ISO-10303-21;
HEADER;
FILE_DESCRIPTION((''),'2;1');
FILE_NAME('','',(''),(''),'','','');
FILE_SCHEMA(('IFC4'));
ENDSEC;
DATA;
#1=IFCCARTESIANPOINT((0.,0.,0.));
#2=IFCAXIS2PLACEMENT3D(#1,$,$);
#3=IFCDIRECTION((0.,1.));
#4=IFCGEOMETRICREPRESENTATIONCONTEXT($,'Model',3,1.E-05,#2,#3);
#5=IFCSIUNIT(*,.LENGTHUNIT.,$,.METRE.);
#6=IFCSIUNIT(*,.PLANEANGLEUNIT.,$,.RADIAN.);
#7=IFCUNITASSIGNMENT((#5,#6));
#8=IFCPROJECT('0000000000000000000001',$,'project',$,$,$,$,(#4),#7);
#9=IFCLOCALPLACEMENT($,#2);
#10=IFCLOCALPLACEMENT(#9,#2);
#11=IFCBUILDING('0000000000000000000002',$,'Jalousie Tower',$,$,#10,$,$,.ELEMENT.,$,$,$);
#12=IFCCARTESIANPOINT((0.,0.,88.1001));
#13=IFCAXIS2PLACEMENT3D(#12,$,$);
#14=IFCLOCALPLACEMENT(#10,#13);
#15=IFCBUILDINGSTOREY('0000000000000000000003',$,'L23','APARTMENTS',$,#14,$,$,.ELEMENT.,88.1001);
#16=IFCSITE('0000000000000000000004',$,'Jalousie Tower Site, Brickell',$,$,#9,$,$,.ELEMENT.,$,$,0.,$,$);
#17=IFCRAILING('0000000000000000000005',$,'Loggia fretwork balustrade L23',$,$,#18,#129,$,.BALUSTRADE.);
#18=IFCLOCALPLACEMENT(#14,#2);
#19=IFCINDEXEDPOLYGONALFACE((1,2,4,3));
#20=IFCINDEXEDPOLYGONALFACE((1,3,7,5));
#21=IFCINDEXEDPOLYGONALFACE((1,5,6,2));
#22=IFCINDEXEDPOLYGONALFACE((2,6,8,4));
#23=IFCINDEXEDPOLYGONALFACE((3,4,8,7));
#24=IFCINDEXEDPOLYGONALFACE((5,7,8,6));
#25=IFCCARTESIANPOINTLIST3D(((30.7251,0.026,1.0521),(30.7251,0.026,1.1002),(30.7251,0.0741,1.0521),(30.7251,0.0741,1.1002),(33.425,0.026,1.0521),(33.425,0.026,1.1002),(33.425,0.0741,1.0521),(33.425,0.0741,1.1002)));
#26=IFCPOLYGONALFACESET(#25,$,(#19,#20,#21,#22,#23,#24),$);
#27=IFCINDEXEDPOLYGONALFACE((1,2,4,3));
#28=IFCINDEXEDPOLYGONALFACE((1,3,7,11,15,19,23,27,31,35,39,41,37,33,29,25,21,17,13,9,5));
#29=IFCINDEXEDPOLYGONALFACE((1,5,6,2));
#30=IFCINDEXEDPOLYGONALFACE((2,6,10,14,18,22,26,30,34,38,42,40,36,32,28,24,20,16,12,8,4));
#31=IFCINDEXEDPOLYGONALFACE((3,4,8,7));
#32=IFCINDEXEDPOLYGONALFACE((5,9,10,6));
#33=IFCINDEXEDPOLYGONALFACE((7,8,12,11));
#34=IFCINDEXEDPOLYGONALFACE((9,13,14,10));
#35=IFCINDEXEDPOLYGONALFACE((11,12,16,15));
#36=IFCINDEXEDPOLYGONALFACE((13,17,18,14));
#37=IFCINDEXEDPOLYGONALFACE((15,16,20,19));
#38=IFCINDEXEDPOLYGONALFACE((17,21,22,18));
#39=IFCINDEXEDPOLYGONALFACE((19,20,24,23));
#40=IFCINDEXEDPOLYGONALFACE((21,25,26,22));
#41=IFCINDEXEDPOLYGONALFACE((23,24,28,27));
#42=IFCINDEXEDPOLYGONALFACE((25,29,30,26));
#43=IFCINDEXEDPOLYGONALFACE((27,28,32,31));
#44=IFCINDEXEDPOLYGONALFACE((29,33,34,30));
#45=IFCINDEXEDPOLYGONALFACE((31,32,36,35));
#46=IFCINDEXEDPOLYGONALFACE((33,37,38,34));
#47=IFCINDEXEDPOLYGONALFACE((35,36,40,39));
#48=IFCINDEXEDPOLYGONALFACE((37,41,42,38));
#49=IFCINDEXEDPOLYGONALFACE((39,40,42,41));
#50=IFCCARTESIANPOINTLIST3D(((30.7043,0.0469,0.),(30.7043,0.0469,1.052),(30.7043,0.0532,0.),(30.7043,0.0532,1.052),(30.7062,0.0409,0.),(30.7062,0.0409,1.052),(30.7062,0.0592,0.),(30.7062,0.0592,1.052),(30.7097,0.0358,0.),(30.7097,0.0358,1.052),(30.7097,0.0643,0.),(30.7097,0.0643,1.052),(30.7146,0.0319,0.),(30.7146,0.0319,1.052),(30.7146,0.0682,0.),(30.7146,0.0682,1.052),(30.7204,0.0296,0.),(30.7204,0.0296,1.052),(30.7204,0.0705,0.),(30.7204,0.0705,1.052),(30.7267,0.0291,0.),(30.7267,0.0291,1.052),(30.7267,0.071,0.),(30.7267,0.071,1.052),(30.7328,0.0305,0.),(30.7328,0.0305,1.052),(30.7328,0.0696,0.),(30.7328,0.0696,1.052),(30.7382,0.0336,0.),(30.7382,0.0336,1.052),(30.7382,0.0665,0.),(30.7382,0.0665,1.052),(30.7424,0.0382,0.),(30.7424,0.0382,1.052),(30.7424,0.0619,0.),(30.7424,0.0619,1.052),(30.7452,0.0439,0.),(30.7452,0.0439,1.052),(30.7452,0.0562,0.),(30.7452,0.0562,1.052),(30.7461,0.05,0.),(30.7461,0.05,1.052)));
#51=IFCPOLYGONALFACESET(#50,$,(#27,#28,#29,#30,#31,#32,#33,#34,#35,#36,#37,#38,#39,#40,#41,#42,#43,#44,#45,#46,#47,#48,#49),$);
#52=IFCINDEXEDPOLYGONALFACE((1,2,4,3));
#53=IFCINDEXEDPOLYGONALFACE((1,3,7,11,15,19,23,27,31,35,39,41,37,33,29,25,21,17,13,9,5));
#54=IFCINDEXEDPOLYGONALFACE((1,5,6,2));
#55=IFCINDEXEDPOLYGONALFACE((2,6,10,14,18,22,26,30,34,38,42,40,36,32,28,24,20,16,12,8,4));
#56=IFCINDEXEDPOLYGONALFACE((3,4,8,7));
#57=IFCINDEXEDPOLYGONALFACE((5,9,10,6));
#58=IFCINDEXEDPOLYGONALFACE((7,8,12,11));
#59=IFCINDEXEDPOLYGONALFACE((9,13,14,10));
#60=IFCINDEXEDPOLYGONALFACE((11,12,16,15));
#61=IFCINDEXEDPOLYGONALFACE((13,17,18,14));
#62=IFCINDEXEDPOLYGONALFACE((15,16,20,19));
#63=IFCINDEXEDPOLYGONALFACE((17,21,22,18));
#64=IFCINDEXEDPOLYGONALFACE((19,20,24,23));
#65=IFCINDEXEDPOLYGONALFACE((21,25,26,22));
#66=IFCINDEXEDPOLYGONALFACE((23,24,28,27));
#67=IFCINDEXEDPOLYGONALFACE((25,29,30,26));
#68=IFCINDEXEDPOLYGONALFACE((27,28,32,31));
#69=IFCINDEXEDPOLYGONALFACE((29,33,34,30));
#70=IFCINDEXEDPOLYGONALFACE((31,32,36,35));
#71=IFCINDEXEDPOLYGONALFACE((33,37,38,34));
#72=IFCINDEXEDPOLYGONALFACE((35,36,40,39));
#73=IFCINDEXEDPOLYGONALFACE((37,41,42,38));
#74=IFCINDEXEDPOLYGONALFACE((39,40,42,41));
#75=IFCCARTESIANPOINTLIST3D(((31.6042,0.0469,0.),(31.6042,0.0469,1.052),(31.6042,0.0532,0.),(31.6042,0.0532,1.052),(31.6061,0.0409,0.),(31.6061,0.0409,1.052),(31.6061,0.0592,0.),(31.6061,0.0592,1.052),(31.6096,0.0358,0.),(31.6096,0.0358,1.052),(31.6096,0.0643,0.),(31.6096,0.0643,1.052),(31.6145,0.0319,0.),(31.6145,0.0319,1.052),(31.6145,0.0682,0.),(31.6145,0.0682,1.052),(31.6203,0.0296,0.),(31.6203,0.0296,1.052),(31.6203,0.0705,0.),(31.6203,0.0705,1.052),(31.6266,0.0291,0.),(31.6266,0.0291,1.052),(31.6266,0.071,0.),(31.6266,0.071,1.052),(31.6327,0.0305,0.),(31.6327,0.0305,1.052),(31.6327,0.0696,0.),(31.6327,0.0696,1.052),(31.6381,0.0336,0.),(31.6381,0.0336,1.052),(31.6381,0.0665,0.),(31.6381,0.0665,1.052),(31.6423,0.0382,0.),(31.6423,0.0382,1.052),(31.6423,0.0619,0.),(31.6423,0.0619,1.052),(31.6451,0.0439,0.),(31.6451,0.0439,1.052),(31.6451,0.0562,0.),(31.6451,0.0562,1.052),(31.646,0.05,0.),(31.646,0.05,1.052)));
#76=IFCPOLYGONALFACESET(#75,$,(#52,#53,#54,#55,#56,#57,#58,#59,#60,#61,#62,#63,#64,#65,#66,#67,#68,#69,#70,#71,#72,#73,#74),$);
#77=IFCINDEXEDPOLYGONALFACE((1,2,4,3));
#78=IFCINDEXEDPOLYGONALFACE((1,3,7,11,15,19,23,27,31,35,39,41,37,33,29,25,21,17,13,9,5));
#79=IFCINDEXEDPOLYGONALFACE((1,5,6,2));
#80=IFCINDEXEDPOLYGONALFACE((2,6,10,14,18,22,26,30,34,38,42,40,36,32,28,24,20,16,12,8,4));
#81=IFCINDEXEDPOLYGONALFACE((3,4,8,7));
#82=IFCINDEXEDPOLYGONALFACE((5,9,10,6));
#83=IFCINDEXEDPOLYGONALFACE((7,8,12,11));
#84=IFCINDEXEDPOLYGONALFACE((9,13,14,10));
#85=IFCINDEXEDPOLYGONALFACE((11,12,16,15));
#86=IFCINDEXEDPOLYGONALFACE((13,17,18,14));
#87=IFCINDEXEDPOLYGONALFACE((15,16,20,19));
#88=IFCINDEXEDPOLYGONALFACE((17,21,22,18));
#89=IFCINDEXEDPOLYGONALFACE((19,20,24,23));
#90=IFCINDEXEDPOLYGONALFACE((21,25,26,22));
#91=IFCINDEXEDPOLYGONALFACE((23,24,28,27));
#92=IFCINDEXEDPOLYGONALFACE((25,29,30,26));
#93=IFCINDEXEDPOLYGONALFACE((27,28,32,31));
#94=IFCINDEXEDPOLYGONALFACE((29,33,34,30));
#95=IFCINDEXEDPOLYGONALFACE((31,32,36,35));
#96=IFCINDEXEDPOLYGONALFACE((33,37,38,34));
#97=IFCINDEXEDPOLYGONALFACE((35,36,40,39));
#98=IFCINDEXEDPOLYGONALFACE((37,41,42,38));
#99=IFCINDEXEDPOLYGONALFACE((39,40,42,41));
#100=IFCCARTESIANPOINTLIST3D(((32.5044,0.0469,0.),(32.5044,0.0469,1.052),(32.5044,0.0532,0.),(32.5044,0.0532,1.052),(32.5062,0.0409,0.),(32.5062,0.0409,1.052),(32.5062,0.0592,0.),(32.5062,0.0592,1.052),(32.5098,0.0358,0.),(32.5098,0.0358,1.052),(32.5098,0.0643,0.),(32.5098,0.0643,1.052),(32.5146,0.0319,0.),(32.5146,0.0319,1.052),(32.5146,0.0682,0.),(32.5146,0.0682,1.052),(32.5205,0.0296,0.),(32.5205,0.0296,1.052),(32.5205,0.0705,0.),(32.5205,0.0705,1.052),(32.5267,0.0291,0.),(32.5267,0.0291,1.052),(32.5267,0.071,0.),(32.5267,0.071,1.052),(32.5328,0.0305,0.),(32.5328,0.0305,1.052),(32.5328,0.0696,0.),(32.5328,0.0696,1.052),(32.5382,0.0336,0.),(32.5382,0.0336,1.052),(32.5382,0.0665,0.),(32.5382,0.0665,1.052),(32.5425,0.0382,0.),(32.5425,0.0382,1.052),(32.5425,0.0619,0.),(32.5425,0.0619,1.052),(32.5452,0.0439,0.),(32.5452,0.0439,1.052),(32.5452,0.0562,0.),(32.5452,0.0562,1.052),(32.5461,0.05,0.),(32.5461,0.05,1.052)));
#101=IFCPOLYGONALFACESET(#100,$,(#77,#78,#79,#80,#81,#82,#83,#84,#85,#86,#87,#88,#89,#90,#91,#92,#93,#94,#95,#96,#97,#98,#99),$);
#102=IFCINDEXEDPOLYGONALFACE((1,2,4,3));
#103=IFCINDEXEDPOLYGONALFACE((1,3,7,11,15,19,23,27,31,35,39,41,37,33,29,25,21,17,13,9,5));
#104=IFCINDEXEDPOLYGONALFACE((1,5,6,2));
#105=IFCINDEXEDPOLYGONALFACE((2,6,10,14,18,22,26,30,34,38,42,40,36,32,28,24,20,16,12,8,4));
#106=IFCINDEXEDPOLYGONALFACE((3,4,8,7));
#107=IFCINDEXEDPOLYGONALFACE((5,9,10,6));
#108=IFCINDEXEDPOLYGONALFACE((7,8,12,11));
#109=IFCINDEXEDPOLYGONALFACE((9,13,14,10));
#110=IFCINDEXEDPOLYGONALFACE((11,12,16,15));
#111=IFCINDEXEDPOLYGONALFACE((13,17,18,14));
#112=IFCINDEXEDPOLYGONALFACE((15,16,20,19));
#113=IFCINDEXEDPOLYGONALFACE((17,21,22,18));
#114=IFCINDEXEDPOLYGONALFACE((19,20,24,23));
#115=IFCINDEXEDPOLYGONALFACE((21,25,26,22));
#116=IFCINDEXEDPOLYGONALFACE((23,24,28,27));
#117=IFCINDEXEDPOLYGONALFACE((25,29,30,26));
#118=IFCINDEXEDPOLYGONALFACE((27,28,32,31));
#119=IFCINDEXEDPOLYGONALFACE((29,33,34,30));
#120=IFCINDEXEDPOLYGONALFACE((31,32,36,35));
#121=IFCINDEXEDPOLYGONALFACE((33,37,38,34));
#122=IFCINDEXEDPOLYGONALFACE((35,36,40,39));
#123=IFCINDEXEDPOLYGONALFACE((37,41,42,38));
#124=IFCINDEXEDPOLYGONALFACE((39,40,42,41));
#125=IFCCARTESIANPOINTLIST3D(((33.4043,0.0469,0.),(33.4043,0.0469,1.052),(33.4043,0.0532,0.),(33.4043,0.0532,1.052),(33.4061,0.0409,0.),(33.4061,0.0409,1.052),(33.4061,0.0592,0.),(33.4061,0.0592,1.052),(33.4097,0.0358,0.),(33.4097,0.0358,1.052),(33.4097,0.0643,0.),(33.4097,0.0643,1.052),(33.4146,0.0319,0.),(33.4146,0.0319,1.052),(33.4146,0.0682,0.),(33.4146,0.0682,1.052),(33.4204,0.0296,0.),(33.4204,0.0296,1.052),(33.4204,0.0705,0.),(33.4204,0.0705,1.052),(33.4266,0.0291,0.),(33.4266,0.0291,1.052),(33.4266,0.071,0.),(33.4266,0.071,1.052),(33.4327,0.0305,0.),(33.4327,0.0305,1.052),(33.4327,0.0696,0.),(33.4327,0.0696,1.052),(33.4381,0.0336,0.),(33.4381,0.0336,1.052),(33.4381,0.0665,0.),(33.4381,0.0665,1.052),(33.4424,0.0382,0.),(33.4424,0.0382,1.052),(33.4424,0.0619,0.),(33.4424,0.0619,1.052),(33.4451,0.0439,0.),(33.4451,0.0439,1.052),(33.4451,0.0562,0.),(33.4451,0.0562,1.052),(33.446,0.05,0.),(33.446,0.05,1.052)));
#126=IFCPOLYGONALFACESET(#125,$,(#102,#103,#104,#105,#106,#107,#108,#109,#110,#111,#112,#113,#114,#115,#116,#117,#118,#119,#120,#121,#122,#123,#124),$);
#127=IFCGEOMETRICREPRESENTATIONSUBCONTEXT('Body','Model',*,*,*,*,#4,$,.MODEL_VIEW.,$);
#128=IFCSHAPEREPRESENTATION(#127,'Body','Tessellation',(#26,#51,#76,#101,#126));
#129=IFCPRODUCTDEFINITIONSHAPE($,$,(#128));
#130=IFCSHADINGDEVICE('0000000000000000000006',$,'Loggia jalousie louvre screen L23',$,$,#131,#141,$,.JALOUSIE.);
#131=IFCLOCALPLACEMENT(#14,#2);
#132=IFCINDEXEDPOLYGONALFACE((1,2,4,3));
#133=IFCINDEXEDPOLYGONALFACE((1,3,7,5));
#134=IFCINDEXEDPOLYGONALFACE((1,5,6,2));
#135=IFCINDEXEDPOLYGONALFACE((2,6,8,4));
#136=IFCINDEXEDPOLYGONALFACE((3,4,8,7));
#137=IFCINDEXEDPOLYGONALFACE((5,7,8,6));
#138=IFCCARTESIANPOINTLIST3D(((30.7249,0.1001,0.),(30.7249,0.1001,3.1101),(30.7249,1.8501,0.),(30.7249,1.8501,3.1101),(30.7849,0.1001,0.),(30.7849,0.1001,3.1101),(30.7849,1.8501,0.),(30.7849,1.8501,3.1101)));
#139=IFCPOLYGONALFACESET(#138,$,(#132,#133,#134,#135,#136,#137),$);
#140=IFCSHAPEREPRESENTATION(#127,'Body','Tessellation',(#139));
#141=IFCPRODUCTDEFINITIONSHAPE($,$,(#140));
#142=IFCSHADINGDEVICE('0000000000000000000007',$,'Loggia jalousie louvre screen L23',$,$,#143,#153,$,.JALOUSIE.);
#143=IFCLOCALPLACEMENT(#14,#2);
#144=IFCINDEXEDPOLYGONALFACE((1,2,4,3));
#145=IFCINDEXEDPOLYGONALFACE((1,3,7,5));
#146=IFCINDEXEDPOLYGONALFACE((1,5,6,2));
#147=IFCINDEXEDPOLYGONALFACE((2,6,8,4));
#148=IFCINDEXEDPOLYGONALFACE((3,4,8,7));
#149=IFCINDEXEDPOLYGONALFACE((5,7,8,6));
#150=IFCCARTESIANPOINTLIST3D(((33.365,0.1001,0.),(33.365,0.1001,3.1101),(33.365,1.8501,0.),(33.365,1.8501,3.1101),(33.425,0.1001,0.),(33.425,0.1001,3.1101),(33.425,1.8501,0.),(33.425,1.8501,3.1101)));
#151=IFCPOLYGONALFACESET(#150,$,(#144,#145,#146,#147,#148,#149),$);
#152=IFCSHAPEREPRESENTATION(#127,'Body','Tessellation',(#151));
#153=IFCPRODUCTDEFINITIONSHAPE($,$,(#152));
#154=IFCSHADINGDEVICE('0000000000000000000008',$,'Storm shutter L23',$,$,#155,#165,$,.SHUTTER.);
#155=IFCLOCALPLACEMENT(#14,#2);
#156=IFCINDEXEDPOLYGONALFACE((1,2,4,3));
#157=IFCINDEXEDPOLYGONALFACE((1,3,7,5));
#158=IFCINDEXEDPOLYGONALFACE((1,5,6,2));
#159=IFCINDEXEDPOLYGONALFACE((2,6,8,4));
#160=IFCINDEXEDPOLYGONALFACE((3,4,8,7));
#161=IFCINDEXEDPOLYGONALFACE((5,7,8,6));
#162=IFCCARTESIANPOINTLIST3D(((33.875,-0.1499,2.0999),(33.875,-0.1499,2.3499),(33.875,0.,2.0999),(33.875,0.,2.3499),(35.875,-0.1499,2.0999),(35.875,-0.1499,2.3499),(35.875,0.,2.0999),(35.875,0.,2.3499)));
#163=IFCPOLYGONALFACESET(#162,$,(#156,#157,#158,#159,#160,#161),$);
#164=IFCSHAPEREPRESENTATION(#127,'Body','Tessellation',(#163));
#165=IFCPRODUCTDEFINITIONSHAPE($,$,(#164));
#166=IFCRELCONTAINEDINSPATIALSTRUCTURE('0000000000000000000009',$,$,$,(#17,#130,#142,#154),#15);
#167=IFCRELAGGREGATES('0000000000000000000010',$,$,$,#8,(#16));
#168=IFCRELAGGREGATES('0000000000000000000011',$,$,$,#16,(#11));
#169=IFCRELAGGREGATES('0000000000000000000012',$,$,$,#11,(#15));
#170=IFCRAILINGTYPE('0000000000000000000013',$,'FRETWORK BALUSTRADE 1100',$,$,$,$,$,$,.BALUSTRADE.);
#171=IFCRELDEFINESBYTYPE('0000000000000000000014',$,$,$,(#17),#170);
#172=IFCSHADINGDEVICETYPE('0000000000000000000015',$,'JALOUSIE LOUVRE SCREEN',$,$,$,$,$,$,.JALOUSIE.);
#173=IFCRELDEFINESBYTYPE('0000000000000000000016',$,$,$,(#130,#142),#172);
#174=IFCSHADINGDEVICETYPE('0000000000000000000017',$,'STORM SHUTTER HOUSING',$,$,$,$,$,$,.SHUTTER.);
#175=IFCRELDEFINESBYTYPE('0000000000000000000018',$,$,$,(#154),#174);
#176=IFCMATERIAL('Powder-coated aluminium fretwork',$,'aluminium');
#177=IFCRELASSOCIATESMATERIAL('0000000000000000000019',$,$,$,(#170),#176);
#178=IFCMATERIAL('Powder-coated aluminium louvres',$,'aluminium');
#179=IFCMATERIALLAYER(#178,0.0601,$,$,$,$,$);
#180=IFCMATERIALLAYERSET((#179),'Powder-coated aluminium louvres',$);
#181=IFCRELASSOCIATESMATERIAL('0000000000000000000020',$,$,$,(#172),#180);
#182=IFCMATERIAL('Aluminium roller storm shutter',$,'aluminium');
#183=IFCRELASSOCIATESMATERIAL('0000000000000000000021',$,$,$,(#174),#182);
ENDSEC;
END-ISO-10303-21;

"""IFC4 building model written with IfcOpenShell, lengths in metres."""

from ifc_helpers import new_model, si_unit, direction, frame, origin, origin_2d, place, context, subcontext, project, spatial, rectangle, circle, extrude, material, layer, layer_set, type_object, element, save


model = new_model("IFC4")

# Units and contexts
model_context = context("Model", 3, precision=1e-05, world=origin(), true_north=direction((0.0, 1.0)))
body_context = subcontext(model_context, "Body", "Model", "MODEL_VIEW")
ifc_project = project(units=[si_unit("LENGTHUNIT", "METRE"), si_unit("PLANEANGLEUNIT", "RADIAN")], contexts=[model_context])

# Site, building, storey
site_placement = place(None, origin())
site = spatial("IfcSite", under=ifc_project, at=site_placement, Name="Jalousie Tower Site, Brickell", CompositionType="ELEMENT", RefElevation=0.0)
building_placement = place(site_placement, origin())
building = spatial("IfcBuilding", under=site, at=building_placement, Name="Jalousie Tower", CompositionType="ELEMENT")
storey_placement = place(building_placement, frame((0.0, 0.0, 88.1001)))
storey = spatial("IfcBuildingStorey", under=building, at=storey_placement, Name="L23", Description="APARTMENTS", CompositionType="ELEMENT", Elevation=88.1001)

# Railing
ifc_material_1 = material(Name="Powder-coated aluminium fretwork", Category="aluminium")
railing_type = type_object("IfcRailingType", Name="FRETWORK BALUSTRADE 1100", PredefinedType="BALUSTRADE", material=ifc_material_1)
railing_placement = place(storey_placement, frame((30.7251, 0.05, 0.0)))
element("IfcRailing", 1, at=railing_placement, inside=storey, type_object=railing_type, Name="Loggia fretwork balustrade L23", PredefinedType="BALUSTRADE", context=body_context, shape_type="SweptSolid", body=[
    extrude(rectangle(XDim=0.0481, YDim=0.0481, at=origin_2d()), frame((0.0, 0.0, 1.0762), z_axis=(1.0, 0.0, 0.0), x_axis=(0.0, 1.0, 0.0)), (0.0, 0.0, 1.0), 2.7),
    extrude(circle(Radius=0.021, at=origin_2d()), origin(), (0.0, 0.0, 1.0), 1.052),
    extrude(circle(Radius=0.021, at=origin_2d()), frame((0.8999, 0.0, 0.0)), (0.0, 0.0, 1.0), 1.052),
    extrude(circle(Radius=0.021, at=origin_2d()), frame((1.8, 0.0, 0.0)), (0.0, 0.0, 1.0), 1.052),
    extrude(circle(Radius=0.021, at=origin_2d()), frame((2.7, 0.0, 0.0)), (0.0, 0.0, 1.0), 1.052),
])

# Shading devices
ifc_material_2 = material(Name="Powder-coated aluminium louvres", Category="aluminium")
ifc_layer_1 = layer(ifc_material_2, 0.0601)
ifc_layer_set_1 = layer_set([ifc_layer_1], Name="Powder-coated aluminium louvres")
shading_device_type_1 = type_object("IfcShadingDeviceType", Name="JALOUSIE LOUVRE SCREEN", PredefinedType="JALOUSIE", material=ifc_layer_set_1)
for number, where, z_axis, x_axis, name in (
    (2, (30.7549, 0.9751, 0.0), (0.0, 0.0, 1.0), (1.0, 0.0, 0.0), "Loggia jalousie louvre screen L23"),
    (3, (33.395, 0.9751, 0.0), (0.0, 0.0, 1.0), (1.0, 0.0, 0.0), "Loggia jalousie louvre screen L23"),
):
    element("IfcShadingDevice", number, at=place(storey_placement, frame(where, z_axis=z_axis, x_axis=x_axis)), inside=storey, type_object=shading_device_type_1, Name=name, PredefinedType="JALOUSIE", context=body_context, shape_type="SweptSolid", body=[
        extrude(rectangle(XDim=0.0601, YDim=1.75, at=origin_2d()), origin(), (0.0, 0.0, 1.0), 3.1101),
    ])
ifc_material_3 = material(Name="Aluminium roller storm shutter", Category="aluminium")
shading_device_type_2 = type_object("IfcShadingDeviceType", Name="STORM SHUTTER HOUSING", PredefinedType="SHUTTER", material=ifc_material_3)
shading_device_placement = place(storey_placement, frame((34.875, -0.075, 2.0999), z_axis=(0.0, 0.0, 1.0), x_axis=(1.0, 0.0, 0.0)))
element("IfcShadingDevice", 4, at=shading_device_placement, inside=storey, type_object=shading_device_type_2, Name="Storm shutter L23", PredefinedType="SHUTTER", context=body_context, shape_type="SweptSolid", body=[
    extrude(rectangle(XDim=2.0, YDim=0.1499, at=origin_2d()), origin(), (0.0, 0.0, 1.0), 0.25),
])

save(model, "model.ifc")
